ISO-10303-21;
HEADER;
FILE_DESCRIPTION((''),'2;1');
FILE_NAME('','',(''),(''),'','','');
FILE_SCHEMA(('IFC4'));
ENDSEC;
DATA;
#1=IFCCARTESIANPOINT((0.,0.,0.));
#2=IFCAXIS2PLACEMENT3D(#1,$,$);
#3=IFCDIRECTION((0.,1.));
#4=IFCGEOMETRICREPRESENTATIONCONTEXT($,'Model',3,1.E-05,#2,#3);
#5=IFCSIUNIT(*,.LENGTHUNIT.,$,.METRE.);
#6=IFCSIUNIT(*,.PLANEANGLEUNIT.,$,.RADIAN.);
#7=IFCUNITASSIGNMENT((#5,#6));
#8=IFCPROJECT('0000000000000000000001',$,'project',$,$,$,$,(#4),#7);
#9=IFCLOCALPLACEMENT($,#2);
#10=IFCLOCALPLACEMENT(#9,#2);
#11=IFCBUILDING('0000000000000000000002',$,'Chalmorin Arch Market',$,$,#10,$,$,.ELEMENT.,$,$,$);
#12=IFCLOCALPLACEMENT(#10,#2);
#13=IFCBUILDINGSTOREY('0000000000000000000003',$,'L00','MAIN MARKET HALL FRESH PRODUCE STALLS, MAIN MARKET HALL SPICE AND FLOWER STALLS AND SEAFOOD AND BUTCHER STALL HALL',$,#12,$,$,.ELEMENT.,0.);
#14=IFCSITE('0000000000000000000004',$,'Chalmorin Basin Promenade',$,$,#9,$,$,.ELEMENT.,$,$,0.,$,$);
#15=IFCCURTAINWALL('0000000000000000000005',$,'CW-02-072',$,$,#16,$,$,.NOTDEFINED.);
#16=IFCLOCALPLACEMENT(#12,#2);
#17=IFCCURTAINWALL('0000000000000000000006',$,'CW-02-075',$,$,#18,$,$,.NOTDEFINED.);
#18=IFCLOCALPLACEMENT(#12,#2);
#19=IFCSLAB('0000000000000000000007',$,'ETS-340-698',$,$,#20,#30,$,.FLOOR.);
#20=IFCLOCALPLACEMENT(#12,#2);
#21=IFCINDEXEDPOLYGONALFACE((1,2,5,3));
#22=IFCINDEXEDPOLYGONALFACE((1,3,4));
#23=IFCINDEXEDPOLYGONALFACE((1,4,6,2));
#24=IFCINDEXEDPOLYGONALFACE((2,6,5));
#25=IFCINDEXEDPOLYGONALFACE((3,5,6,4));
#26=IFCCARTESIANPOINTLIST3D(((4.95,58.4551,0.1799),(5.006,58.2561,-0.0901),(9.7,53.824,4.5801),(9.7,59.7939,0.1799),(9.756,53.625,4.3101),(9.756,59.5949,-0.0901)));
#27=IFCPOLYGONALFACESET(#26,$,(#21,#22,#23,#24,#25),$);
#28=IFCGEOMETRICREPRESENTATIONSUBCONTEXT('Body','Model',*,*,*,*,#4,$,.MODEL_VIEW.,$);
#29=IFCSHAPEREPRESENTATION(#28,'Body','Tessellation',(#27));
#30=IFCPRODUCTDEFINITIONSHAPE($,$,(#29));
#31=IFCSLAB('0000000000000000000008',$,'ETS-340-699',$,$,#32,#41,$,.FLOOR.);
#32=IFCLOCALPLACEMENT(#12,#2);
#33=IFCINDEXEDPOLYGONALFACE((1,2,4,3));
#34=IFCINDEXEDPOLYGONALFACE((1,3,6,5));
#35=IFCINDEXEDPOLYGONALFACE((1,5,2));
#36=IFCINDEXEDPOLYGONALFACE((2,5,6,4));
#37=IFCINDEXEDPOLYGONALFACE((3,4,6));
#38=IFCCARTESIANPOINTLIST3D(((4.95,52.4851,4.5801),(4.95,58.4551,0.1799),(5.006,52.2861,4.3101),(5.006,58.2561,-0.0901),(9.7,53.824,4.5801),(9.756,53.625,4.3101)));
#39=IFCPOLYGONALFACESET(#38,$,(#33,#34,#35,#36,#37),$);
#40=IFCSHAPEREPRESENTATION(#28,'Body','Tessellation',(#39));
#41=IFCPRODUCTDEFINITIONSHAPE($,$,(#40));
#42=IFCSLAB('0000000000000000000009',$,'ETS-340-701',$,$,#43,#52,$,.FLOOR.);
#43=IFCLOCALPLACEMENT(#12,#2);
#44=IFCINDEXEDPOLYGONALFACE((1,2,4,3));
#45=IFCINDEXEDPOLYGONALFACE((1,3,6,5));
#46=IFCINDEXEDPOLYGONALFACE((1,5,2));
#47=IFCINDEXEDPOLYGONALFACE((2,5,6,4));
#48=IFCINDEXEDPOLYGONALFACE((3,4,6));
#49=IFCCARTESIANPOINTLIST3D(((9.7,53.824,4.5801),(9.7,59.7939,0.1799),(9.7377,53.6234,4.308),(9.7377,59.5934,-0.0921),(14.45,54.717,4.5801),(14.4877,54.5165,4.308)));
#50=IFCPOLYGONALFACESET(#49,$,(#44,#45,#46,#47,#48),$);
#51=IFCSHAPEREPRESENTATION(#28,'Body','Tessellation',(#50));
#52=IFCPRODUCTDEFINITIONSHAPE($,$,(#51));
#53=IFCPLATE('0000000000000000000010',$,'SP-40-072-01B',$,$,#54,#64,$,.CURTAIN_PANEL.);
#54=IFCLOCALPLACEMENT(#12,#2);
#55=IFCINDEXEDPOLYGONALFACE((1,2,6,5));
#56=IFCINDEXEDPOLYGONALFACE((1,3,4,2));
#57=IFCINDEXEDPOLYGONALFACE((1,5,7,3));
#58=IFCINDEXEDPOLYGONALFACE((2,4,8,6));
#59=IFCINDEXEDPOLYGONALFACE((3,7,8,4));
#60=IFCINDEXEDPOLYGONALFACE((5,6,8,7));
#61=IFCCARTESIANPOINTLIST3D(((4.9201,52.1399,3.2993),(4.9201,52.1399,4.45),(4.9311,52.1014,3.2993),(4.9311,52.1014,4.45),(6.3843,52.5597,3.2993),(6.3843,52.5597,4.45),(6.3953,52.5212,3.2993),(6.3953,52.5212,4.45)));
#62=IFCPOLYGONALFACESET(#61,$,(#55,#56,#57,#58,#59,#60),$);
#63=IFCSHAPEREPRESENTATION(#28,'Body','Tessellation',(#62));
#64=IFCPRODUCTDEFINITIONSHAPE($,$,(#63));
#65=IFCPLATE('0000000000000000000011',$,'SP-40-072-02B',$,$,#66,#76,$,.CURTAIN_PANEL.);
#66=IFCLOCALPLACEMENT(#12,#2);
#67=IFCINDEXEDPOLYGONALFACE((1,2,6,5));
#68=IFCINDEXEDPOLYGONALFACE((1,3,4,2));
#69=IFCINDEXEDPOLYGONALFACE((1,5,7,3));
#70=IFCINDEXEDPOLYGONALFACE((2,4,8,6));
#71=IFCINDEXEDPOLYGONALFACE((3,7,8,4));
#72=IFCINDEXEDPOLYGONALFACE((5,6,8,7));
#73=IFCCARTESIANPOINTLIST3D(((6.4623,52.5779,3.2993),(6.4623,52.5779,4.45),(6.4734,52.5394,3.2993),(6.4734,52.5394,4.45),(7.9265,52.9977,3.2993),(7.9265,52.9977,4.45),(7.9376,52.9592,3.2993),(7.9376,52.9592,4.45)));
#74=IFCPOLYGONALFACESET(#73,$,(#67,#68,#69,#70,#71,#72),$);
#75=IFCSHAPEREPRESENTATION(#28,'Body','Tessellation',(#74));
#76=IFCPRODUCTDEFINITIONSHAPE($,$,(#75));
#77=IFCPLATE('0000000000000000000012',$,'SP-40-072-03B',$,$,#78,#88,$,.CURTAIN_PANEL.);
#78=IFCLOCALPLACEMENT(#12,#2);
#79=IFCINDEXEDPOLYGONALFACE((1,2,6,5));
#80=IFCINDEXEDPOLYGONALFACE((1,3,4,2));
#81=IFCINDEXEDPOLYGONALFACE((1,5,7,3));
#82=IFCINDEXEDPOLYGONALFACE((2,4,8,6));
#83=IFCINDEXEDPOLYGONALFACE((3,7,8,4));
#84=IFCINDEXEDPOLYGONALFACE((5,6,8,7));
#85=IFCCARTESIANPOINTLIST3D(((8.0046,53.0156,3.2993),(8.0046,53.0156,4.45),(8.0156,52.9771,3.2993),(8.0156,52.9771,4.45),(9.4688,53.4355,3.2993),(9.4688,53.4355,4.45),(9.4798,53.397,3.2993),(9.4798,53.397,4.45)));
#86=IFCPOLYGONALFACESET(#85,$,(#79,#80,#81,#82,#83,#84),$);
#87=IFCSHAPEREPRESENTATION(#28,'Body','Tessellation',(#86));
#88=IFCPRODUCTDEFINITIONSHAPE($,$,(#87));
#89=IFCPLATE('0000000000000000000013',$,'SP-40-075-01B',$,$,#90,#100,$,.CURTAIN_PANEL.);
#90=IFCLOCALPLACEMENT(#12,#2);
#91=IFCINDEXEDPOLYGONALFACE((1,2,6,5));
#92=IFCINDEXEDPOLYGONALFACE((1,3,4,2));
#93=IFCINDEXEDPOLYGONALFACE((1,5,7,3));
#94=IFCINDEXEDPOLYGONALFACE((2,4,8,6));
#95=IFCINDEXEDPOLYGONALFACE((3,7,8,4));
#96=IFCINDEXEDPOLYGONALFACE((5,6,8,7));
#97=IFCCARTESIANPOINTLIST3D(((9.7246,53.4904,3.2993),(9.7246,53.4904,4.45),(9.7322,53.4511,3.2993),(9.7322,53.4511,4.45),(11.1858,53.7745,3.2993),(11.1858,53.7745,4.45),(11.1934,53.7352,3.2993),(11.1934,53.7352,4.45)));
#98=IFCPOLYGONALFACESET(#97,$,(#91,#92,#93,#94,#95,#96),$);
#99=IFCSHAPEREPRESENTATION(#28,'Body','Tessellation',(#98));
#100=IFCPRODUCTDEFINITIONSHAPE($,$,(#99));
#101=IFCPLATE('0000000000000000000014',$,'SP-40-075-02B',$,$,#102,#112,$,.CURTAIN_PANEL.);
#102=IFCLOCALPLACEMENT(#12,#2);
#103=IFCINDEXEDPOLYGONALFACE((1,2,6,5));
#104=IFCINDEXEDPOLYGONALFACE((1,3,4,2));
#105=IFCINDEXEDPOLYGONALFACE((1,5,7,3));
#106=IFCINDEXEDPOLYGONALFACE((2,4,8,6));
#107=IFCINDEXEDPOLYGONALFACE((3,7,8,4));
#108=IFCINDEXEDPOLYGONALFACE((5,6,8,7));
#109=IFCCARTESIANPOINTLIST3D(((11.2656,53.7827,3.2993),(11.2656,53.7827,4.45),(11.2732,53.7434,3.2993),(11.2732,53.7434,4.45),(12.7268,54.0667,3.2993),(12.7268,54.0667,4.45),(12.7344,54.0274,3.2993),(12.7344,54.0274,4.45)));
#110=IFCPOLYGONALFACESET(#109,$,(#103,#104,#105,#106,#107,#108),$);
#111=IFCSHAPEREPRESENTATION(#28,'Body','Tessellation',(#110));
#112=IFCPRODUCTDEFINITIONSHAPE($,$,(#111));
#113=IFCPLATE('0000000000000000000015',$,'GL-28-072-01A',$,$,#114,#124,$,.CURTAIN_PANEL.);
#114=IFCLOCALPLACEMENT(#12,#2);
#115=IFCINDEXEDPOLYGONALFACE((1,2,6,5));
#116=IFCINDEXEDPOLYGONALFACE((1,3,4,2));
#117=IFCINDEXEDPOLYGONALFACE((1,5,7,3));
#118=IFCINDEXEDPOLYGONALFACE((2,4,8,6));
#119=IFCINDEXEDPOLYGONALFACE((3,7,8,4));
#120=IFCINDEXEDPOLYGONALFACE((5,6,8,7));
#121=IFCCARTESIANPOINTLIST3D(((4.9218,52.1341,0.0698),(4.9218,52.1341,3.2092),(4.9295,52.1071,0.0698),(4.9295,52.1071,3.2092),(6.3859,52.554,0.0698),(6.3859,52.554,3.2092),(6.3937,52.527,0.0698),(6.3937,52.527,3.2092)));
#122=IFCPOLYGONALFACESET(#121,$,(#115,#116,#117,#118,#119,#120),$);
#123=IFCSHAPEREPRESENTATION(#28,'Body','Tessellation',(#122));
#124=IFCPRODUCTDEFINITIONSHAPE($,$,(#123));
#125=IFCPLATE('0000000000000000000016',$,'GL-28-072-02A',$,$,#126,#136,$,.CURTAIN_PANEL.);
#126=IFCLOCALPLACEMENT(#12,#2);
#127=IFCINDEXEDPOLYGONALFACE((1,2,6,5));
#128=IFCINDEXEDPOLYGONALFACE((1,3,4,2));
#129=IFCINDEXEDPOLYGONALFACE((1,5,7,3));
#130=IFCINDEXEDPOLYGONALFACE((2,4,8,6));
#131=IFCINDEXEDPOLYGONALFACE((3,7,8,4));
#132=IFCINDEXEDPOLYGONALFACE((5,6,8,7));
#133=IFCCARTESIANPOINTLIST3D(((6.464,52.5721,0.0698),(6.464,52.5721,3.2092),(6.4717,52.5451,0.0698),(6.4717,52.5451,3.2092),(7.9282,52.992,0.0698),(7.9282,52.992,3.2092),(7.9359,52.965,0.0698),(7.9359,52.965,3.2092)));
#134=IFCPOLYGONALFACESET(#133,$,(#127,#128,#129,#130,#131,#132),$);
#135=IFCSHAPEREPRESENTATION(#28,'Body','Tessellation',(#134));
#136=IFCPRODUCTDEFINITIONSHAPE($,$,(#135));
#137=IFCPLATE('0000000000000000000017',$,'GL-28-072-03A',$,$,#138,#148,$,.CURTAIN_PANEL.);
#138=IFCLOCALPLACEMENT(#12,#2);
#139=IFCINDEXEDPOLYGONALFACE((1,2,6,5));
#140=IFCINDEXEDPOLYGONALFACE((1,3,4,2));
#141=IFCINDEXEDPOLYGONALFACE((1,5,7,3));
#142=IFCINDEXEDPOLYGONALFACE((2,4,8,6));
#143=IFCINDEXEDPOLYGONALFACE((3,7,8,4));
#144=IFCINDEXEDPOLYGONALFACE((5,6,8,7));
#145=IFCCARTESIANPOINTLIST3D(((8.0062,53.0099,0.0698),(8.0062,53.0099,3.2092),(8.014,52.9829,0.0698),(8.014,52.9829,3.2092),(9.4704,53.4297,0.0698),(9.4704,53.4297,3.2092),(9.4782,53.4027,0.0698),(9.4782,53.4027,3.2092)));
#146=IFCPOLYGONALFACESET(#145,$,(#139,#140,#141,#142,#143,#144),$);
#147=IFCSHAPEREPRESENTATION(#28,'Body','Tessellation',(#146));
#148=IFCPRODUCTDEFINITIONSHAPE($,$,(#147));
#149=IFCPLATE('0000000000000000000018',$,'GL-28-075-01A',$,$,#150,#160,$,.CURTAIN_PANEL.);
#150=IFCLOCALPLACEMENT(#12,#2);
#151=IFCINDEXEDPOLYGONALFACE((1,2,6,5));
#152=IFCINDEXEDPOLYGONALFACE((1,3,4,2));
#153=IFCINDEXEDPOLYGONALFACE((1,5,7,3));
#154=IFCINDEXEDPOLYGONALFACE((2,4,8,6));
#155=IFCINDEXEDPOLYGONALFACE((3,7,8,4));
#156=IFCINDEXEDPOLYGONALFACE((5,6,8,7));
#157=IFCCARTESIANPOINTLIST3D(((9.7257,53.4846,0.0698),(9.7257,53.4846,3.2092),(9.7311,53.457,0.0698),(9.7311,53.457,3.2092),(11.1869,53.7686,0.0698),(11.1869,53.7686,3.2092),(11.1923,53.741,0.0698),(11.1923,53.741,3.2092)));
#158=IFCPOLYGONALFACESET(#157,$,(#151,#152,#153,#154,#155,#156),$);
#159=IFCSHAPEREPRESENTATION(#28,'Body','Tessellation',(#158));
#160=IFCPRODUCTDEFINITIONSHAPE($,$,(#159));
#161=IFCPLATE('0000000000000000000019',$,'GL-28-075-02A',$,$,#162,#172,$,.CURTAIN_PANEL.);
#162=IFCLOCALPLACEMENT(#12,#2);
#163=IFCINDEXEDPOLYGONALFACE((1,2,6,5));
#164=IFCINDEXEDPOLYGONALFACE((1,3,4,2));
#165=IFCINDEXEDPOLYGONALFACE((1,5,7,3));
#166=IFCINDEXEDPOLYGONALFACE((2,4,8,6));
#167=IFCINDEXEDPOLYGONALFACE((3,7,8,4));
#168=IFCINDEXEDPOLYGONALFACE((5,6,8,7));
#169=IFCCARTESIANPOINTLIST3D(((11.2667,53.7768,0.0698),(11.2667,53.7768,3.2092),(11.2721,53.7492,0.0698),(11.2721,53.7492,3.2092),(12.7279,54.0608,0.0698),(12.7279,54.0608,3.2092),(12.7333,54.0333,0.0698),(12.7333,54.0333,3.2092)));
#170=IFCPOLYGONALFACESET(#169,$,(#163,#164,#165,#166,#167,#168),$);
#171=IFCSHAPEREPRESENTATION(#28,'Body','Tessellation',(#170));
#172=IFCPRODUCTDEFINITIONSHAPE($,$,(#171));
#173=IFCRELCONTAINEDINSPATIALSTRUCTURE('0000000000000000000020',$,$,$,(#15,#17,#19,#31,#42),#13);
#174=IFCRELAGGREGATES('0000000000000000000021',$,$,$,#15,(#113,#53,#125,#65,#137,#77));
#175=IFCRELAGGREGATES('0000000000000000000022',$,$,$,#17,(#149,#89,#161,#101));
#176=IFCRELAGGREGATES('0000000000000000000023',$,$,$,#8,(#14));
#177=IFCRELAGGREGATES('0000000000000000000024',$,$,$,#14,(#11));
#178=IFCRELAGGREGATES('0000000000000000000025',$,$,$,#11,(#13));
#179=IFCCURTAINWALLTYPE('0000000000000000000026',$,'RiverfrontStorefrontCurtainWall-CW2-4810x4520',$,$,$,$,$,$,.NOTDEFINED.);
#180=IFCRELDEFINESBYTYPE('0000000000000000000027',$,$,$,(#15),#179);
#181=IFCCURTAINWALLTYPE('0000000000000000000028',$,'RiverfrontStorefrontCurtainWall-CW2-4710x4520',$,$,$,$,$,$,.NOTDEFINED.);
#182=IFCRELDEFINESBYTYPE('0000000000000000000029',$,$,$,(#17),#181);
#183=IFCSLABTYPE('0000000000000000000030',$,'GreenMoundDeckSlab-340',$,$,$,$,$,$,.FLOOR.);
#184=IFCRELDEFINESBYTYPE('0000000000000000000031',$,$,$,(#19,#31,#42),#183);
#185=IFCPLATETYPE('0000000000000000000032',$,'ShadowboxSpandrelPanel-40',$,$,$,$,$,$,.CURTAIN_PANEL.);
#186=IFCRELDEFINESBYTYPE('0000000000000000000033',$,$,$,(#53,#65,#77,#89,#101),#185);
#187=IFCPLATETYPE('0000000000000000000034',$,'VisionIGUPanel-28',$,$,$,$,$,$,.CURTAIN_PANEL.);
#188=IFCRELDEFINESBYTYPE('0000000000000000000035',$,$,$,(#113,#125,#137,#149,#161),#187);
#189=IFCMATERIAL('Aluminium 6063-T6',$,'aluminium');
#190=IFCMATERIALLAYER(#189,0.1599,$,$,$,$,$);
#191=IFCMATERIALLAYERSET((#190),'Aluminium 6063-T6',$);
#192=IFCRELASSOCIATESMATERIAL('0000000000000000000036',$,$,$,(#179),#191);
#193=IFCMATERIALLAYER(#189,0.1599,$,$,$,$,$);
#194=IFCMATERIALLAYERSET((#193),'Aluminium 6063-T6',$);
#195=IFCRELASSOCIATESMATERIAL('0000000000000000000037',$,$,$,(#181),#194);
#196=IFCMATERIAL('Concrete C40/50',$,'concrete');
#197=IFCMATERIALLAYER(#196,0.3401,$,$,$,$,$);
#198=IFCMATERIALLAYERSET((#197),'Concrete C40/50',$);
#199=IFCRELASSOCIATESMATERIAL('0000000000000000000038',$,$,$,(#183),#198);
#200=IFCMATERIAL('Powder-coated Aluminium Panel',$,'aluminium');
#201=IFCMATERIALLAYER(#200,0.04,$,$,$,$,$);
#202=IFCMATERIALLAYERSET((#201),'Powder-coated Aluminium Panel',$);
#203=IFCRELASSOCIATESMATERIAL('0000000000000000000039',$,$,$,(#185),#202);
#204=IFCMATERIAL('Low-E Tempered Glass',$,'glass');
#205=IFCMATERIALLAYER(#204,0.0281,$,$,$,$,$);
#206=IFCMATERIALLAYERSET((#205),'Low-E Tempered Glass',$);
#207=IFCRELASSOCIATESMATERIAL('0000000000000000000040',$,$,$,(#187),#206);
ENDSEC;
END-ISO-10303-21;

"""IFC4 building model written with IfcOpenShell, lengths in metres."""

from ifc_helpers import new_model, si_unit, direction, frame, origin, origin_2d, place, context, subcontext, project, spatial, polyline, rectangle, outline, extrude, material, layer, layer_set, type_object, element, aggregate, save


model = new_model("IFC4")

# Units and contexts
model_context = context("Model", 3, precision=1e-05, world=origin(), true_north=direction((0.0, 1.0)))
body_context = subcontext(model_context, "Body", "Model", "MODEL_VIEW")
ifc_project = project(units=[si_unit("LENGTHUNIT", "METRE"), si_unit("PLANEANGLEUNIT", "RADIAN")], contexts=[model_context])

# Site, building, storey
site_placement = place(None, origin())
site = spatial("IfcSite", under=ifc_project, at=site_placement, Name="Chalmorin Basin Promenade", CompositionType="ELEMENT", RefElevation=0.0)
building_placement = place(site_placement, origin())
building = spatial("IfcBuilding", under=site, at=building_placement, Name="Chalmorin Arch Market", CompositionType="ELEMENT")
storey_placement = place(building_placement, origin())
storey = spatial("IfcBuildingStorey", under=building, at=storey_placement, Name="L00", Description="MAIN MARKET HALL FRESH PRODUCE STALLS, MAIN MARKET HALL SPICE AND FLOWER STALLS AND SEAFOOD AND BUTCHER STALL HALL", CompositionType="ELEMENT", Elevation=0.0)

# Shared definitions
ifc_material_1 = material(Name="Concrete C40/50", Category="concrete")

# Shared definitions
ifc_material_2 = material(Name="Aluminium 6063-T6", Category="aluminium")

# Curtain walls
ifc_layer_1 = layer(ifc_material_2, 0.1599)
ifc_layer_set_1 = layer_set([ifc_layer_1], Name="Aluminium 6063-T6")
curtain_wall_type_1 = type_object("IfcCurtainWallType", Name="RiverfrontStorefrontCurtainWall-CW2-4810x4520", PredefinedType="NOTDEFINED", material=ifc_layer_set_1)
curtain_wall_1_placement = place(storey_placement, origin())
curtain_wall_1 = element("IfcCurtainWall", 1, at=curtain_wall_1_placement, inside=storey, type_object=curtain_wall_type_1, Name="CW-02-072", PredefinedType="NOTDEFINED")
ifc_layer_2 = layer(ifc_material_2, 0.1599)
ifc_layer_set_2 = layer_set([ifc_layer_2], Name="Aluminium 6063-T6")
curtain_wall_type_2 = type_object("IfcCurtainWallType", Name="RiverfrontStorefrontCurtainWall-CW2-4710x4520", PredefinedType="NOTDEFINED", material=ifc_layer_set_2)
curtain_wall_2_placement = place(storey_placement, origin())
curtain_wall_2 = element("IfcCurtainWall", 2, at=curtain_wall_2_placement, inside=storey, type_object=curtain_wall_type_2, Name="CW-02-075", PredefinedType="NOTDEFINED")

# Slabs
ifc_layer_3 = layer(ifc_material_1, 0.3401)
ifc_layer_set_3 = layer_set([ifc_layer_3], Name="Concrete C40/50")
slab_type = type_object("IfcSlabType", Name="GreenMoundDeckSlab-340", PredefinedType="FLOOR", material=ifc_layer_set_3)
slab_1_placement = place(storey_placement, frame((9.7, 53.824, 4.5801), z_axis=(-0.164943, 0.585179, 0.793952), x_axis=(0.0, 0.804977, -0.593306)))
element("IfcSlab", 3, at=slab_1_placement, inside=storey, type_object=slab_type, Name="ETS-340-698", PredefinedType="FLOOR", context=body_context, shape_type="SweptSolid", body=[
    extrude(outline(polyline([(0.0, 0.0), (7.4163, 0.0), (6.3386, 4.816), (0.0, 0.0)])), origin(), (0.0, 0.0, -1.0), 0.3401),
])
slab_2_placement = place(storey_placement, frame((4.95, 52.4851, 4.5801), z_axis=(-0.164943, 0.585179, 0.793952), x_axis=(0.962496, 0.271296, 0.0)))
element("IfcSlab", 4, at=slab_2_placement, inside=storey, type_object=slab_type, Name="ETS-340-699", PredefinedType="FLOOR", context=body_context, shape_type="SweptSolid", body=[
    extrude(outline(polyline([(0.0, 0.0), (4.9351, 0.0), (1.6196, 7.2373), (0.0, 0.0)])), origin(), (0.0, 0.0, -1.0), 0.3401),
])
slab_3_placement = place(storey_placement, frame((9.7, 53.824, 4.5801), z_axis=(-0.110862, 0.589648, 0.800015), x_axis=(0.982781, 0.184776, 0.0)))
element("IfcSlab", 5, at=slab_3_placement, inside=storey, type_object=slab_type, Name="ETS-340-701", PredefinedType="FLOOR", context=body_context, shape_type="SweptSolid", body=[
    extrude(outline(polyline([(0.0, 0.0), (4.8332, 0.0), (1.1031, 7.3338), (0.0, 0.0)])), origin(), (0.0, 0.0, -1.0), 0.3401),
])

# Plates
ifc_material_3 = material(Name="Powder-coated Aluminium Panel", Category="aluminium")
ifc_layer_4 = layer(ifc_material_3, 0.04)
ifc_layer_set_4 = layer_set([ifc_layer_4], Name="Powder-coated Aluminium Panel")
plate_type_1 = type_object("IfcPlateType", Name="ShadowboxSpandrelPanel-40", PredefinedType="CURTAIN_PANEL", material=ifc_layer_set_4)
plate_1_placement = place(storey_placement, frame((5.6577, 52.3306, 3.2993), z_axis=(0.0, 0.0, 1.0), x_axis=(0.961262, 0.275637, 0.0)))
plate_1 = element("IfcPlate", 6, at=plate_1_placement, type_object=plate_type_1, Name="SP-40-072-01B", PredefinedType="CURTAIN_PANEL", context=body_context, shape_type="SweptSolid", body=[
    extrude(rectangle(XDim=1.5232, YDim=0.04, at=origin_2d()), origin(), (0.0, 0.0, 1.0), 1.1506),
])
plate_2_placement = place(storey_placement, frame((7.2, 52.7686, 3.2993), z_axis=(0.0, 0.0, 1.0), x_axis=(0.961262, 0.275637, 0.0)))
plate_2 = element("IfcPlate", 7, at=plate_2_placement, type_object=plate_type_1, Name="SP-40-072-02B", PredefinedType="CURTAIN_PANEL", context=body_context, shape_type="SweptSolid", body=[
    extrude(rectangle(XDim=1.5232, YDim=0.04, at=origin_2d()), origin(), (0.0, 0.0, 1.0), 1.1506),
])
plate_3_placement = place(storey_placement, frame((8.7422, 53.2063, 3.2993), z_axis=(0.0, 0.0, 1.0), x_axis=(0.961262, 0.275637, 0.0)))
plate_3 = element("IfcPlate", 8, at=plate_3_placement, type_object=plate_type_1, Name="SP-40-072-03B", PredefinedType="CURTAIN_PANEL", context=body_context, shape_type="SweptSolid", body=[
    extrude(rectangle(XDim=1.5232, YDim=0.04, at=origin_2d()), origin(), (0.0, 0.0, 1.0), 1.1506),
])
plate_4_placement = place(storey_placement, frame((10.459, 53.6128, 3.2993), z_axis=(0.0, 0.0, 1.0), x_axis=(0.981627, 0.190809, 0.0)))
plate_4 = element("IfcPlate", 9, at=plate_4_placement, type_object=plate_type_1, Name="SP-40-075-01B", PredefinedType="CURTAIN_PANEL", context=body_context, shape_type="SweptSolid", body=[
    extrude(rectangle(XDim=1.4885, YDim=0.04, at=origin_2d()), origin(), (0.0, 0.0, 1.0), 1.1506),
])
plate_5_placement = place(storey_placement, frame((12.0, 53.905, 3.2993), z_axis=(0.0, 0.0, 1.0), x_axis=(0.981627, 0.190809, 0.0)))
plate_5 = element("IfcPlate", 10, at=plate_5_placement, type_object=plate_type_1, Name="SP-40-075-02B", PredefinedType="CURTAIN_PANEL", context=body_context, shape_type="SweptSolid", body=[
    extrude(rectangle(XDim=1.4885, YDim=0.04, at=origin_2d()), origin(), (0.0, 0.0, 1.0), 1.1506),
])
ifc_material_4 = material(Name="Low-E Tempered Glass", Category="glass")
ifc_layer_5 = layer(ifc_material_4, 0.0281)
ifc_layer_set_5 = layer_set([ifc_layer_5], Name="Low-E Tempered Glass")
plate_type_2 = type_object("IfcPlateType", Name="VisionIGUPanel-28", PredefinedType="CURTAIN_PANEL", material=ifc_layer_set_5)
plate_6_placement = place(storey_placement, frame((5.6577, 52.3306, 0.0698), z_axis=(0.0, 0.0, 1.0), x_axis=(0.961262, 0.275637, 0.0)))
plate_6 = element("IfcPlate", 11, at=plate_6_placement, type_object=plate_type_2, Name="GL-28-072-01A", PredefinedType="CURTAIN_PANEL", context=body_context, shape_type="SweptSolid", body=[
    extrude(rectangle(XDim=1.5232, YDim=0.0281, at=origin_2d()), origin(), (0.0, 0.0, 1.0), 3.1394),
])
plate_7_placement = place(storey_placement, frame((7.2, 52.7686, 0.0698), z_axis=(0.0, 0.0, 1.0), x_axis=(0.961262, 0.275637, 0.0)))
plate_7 = element("IfcPlate", 12, at=plate_7_placement, type_object=plate_type_2, Name="GL-28-072-02A", PredefinedType="CURTAIN_PANEL", context=body_context, shape_type="SweptSolid", body=[
    extrude(rectangle(XDim=1.5232, YDim=0.0281, at=origin_2d()), origin(), (0.0, 0.0, 1.0), 3.1394),
])
plate_8_placement = place(storey_placement, frame((8.7422, 53.2063, 0.0698), z_axis=(0.0, 0.0, 1.0), x_axis=(0.961262, 0.275637, 0.0)))
plate_8 = element("IfcPlate", 13, at=plate_8_placement, type_object=plate_type_2, Name="GL-28-072-03A", PredefinedType="CURTAIN_PANEL", context=body_context, shape_type="SweptSolid", body=[
    extrude(rectangle(XDim=1.5232, YDim=0.0281, at=origin_2d()), origin(), (0.0, 0.0, 1.0), 3.1394),
])
aggregate(curtain_wall_1, [plate_6, plate_1, plate_7, plate_2, plate_8, plate_3])
plate_9_placement = place(storey_placement, frame((10.459, 53.6128, 0.0698), z_axis=(0.0, 0.0, 1.0), x_axis=(0.981627, 0.190809, 0.0)))
plate_9 = element("IfcPlate", 14, at=plate_9_placement, type_object=plate_type_2, Name="GL-28-075-01A", PredefinedType="CURTAIN_PANEL", context=body_context, shape_type="SweptSolid", body=[
    extrude(rectangle(XDim=1.4885, YDim=0.0281, at=origin_2d()), origin(), (0.0, 0.0, 1.0), 3.1394),
])
plate_10_placement = place(storey_placement, frame((12.0, 53.905, 0.0698), z_axis=(0.0, 0.0, 1.0), x_axis=(0.981627, 0.190809, 0.0)))
plate_10 = element("IfcPlate", 15, at=plate_10_placement, type_object=plate_type_2, Name="GL-28-075-02A", PredefinedType="CURTAIN_PANEL", context=body_context, shape_type="SweptSolid", body=[
    extrude(rectangle(XDim=1.4885, YDim=0.0281, at=origin_2d()), origin(), (0.0, 0.0, 1.0), 3.1394),
])
aggregate(curtain_wall_2, [plate_9, plate_4, plate_10, plate_5])

save(model, "model.ifc")
